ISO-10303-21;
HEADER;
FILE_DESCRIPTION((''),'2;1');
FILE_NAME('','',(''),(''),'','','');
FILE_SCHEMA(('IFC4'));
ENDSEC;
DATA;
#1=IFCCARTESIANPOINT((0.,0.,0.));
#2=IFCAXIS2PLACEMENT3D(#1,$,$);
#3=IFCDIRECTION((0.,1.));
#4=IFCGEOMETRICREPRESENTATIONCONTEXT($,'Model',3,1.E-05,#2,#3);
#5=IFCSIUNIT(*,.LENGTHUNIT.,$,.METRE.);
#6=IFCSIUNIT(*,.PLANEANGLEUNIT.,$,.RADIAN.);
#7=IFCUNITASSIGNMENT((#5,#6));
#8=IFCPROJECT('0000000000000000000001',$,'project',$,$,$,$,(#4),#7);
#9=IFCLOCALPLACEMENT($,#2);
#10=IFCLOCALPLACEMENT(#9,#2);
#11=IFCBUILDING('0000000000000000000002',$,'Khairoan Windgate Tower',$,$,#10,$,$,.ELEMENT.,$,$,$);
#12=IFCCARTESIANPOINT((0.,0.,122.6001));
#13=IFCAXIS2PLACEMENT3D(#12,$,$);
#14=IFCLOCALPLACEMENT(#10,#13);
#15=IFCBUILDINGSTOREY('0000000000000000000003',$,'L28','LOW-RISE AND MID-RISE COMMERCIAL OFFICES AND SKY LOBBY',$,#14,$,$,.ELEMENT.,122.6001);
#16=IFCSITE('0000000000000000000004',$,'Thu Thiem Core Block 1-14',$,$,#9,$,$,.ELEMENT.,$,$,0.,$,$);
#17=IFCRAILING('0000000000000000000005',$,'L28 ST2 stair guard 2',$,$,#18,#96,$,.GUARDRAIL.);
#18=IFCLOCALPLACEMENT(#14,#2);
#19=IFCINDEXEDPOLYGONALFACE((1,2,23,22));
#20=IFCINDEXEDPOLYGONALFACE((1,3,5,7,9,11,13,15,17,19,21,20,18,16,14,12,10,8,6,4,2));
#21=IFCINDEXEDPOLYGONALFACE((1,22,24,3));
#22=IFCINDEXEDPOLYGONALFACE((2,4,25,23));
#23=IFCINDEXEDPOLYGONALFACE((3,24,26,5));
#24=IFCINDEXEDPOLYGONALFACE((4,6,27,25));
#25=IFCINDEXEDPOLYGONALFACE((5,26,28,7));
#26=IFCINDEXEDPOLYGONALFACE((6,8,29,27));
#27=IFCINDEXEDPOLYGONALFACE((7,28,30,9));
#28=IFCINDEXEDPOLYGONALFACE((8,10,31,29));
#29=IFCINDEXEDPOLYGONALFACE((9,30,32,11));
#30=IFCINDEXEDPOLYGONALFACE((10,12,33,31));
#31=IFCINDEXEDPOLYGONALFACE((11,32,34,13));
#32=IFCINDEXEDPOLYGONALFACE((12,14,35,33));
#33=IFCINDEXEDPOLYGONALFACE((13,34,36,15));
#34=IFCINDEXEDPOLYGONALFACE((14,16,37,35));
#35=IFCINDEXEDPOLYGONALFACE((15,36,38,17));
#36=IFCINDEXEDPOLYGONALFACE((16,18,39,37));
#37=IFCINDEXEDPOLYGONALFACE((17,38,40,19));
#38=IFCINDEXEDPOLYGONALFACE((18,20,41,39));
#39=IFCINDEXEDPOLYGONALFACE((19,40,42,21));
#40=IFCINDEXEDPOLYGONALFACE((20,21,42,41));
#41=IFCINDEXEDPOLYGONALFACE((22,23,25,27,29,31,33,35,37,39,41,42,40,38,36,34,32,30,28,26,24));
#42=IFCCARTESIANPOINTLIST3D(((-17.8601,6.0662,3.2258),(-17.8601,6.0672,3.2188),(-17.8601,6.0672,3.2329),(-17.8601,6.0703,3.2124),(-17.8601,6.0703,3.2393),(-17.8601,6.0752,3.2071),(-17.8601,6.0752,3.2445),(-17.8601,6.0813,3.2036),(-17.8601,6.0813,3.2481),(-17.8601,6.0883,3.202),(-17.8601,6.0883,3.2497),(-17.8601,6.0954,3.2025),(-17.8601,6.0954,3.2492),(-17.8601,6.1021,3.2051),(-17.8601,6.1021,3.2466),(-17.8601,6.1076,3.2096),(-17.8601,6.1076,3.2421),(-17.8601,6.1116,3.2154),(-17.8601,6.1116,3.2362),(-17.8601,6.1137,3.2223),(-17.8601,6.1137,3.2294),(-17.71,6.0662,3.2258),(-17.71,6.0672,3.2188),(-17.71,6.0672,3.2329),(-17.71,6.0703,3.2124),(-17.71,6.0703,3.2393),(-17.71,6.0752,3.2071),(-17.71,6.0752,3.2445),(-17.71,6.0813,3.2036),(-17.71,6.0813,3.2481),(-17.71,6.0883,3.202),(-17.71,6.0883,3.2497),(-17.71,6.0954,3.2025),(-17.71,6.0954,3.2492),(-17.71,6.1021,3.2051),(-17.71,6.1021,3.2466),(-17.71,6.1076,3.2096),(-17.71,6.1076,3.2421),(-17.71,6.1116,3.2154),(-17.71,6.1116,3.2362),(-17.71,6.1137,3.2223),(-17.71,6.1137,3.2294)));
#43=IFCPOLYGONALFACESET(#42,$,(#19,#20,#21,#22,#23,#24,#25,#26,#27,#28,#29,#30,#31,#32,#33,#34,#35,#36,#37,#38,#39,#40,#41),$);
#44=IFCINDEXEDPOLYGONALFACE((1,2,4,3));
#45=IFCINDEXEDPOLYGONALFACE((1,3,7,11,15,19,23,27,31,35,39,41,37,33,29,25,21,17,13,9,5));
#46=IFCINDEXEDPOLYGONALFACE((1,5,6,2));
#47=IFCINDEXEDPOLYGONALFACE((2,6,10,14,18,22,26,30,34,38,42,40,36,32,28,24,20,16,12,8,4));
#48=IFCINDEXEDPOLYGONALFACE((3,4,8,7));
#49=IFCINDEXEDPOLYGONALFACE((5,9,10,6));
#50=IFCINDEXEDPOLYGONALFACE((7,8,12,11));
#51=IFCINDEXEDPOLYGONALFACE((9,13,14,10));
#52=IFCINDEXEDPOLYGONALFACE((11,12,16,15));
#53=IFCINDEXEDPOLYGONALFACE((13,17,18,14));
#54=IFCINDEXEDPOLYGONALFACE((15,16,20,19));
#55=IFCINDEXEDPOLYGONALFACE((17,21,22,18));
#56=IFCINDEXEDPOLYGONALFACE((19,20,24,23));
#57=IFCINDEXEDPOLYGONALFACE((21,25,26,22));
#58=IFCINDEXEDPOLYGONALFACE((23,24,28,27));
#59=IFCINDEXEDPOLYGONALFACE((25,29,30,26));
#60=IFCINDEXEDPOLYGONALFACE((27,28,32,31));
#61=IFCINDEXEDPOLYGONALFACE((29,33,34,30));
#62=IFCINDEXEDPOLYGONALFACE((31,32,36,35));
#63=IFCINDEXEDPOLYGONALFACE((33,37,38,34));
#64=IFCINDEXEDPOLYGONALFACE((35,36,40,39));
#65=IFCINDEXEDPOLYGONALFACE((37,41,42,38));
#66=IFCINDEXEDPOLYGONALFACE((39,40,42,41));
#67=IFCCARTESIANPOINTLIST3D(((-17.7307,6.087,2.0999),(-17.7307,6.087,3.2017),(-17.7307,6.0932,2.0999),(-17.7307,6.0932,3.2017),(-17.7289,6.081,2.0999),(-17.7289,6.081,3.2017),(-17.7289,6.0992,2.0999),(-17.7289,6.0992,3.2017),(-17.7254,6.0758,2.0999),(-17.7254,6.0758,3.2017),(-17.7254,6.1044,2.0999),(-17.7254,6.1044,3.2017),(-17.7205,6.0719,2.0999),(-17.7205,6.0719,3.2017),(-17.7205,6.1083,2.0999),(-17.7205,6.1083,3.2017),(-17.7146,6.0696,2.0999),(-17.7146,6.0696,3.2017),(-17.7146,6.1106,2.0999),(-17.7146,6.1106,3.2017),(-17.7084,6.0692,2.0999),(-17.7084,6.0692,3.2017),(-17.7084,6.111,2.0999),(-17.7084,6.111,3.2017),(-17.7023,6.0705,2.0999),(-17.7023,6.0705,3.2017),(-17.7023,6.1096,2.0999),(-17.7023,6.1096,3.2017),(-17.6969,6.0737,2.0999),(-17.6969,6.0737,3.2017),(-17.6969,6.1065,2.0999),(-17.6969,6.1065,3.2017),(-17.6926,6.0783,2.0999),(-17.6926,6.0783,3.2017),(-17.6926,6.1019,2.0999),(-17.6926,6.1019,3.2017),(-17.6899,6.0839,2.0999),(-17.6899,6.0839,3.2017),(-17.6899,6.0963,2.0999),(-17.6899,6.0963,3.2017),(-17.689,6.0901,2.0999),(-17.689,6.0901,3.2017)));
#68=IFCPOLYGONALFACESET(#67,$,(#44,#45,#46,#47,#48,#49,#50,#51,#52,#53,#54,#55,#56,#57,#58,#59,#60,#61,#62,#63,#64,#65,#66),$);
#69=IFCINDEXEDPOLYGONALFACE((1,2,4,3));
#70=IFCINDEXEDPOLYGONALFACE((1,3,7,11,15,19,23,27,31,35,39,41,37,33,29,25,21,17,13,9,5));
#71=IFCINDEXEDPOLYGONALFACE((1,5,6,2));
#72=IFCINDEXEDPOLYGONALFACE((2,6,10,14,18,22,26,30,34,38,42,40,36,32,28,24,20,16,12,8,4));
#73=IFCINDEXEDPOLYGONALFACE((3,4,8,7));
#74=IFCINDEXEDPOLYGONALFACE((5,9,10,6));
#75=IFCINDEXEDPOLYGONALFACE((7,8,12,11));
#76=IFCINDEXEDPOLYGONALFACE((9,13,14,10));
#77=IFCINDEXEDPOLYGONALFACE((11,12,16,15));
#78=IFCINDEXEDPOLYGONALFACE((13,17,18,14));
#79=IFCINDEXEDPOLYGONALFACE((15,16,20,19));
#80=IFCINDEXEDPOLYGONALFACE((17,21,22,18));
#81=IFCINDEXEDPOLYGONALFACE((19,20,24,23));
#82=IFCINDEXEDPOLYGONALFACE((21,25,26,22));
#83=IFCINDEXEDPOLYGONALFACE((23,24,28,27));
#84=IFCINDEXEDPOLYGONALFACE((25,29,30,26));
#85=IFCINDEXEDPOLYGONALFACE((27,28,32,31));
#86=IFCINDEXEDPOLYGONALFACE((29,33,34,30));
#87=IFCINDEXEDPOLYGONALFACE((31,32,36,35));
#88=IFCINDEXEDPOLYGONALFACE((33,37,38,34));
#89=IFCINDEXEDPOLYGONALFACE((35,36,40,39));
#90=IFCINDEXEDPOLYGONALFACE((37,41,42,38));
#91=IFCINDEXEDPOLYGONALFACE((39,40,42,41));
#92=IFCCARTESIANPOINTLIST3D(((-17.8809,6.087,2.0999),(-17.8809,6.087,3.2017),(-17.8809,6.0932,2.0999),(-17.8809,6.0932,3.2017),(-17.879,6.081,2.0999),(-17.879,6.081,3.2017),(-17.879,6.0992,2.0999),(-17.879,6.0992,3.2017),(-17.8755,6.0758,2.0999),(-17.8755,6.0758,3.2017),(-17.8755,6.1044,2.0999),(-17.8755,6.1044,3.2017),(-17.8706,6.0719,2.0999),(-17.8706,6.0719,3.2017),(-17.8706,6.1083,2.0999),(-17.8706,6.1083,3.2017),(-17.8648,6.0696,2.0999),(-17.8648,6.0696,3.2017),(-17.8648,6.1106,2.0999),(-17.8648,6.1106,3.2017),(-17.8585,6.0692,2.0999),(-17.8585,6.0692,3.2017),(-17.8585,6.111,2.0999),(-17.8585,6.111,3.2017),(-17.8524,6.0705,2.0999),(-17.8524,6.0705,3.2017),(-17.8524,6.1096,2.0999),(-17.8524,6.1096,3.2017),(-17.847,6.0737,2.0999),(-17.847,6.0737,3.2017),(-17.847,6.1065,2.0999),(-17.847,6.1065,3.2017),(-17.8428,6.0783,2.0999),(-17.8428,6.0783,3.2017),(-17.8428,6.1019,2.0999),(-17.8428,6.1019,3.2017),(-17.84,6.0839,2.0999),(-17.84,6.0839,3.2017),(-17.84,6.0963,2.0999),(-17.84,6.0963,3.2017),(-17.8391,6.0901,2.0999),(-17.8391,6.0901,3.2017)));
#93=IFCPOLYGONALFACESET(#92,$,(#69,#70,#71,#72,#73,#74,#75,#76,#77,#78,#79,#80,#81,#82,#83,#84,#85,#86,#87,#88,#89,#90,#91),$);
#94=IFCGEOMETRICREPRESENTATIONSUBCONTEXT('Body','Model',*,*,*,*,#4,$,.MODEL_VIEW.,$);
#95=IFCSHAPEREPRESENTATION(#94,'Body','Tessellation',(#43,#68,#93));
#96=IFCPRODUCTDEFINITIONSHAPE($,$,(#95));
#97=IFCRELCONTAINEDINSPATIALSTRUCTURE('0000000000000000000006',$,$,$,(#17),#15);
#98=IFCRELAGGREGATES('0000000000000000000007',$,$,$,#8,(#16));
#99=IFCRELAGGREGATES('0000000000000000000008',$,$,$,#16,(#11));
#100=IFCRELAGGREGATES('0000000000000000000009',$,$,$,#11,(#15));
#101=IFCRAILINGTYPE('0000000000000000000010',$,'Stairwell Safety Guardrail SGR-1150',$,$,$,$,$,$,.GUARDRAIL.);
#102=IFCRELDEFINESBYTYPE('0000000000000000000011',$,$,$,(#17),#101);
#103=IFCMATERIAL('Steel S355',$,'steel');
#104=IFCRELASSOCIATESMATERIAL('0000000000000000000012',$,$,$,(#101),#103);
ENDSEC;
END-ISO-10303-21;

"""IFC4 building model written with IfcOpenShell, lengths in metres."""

from ifc_helpers import new_model, si_unit, direction, frame, origin, origin_2d, place, context, subcontext, project, spatial, circle, extrude, material, type_object, element, save


model = new_model("IFC4")

# Units and contexts
model_context = context("Model", 3, precision=1e-05, world=origin(), true_north=direction((0.0, 1.0)))
body_context = subcontext(model_context, "Body", "Model", "MODEL_VIEW")
ifc_project = project(units=[si_unit("LENGTHUNIT", "METRE"), si_unit("PLANEANGLEUNIT", "RADIAN")], contexts=[model_context])

# Site, building, storey
site_placement = place(None, origin())
site = spatial("IfcSite", under=ifc_project, at=site_placement, Name="Thu Thiem Core Block 1-14", CompositionType="ELEMENT", RefElevation=0.0)
building_placement = place(site_placement, origin())
building = spatial("IfcBuilding", under=site, at=building_placement, Name="Khairoan Windgate Tower", CompositionType="ELEMENT")
storey_placement = place(building_placement, frame((0.0, 0.0, 122.6001)))
storey = spatial("IfcBuildingStorey", under=building, at=storey_placement, Name="L28", Description="LOW-RISE AND MID-RISE COMMERCIAL OFFICES AND SKY LOBBY", CompositionType="ELEMENT", Elevation=122.6001)

# Railing
ifc_material_1 = material(Name="Steel S355", Category="steel")
railing_type_1 = type_object("IfcRailingType", Name="Stairwell Safety Guardrail SGR-1150", PredefinedType="GUARDRAIL", material=ifc_material_1)
railing_1_placement = place(storey_placement, frame((-17.71, 6.0901, 2.0999)))
element("IfcRailing", 1, at=railing_1_placement, inside=storey, type_object=railing_type_1, Name="L28 ST2 stair guard 2", PredefinedType="GUARDRAIL", context=body_context, shape_type="SweptSolid", body=[
    extrude(circle(Radius=0.0239, at=origin_2d()), frame((0.0, 0.0, 1.126), z_axis=(-1.0, 0.0, 0.0), x_axis=(0.0, -1.0, 0.0)), (0.0, 0.0, 1.0), 0.1501),
    extrude(circle(Radius=0.021, at=origin_2d()), origin(), (0.0, 0.0, 1.0), 1.1018),
    extrude(circle(Radius=0.021, at=origin_2d()), frame((-0.1501, 0.0, 0.0)), (0.0, 0.0, 1.0), 1.1018),
])

save(model, "model.ifc")
